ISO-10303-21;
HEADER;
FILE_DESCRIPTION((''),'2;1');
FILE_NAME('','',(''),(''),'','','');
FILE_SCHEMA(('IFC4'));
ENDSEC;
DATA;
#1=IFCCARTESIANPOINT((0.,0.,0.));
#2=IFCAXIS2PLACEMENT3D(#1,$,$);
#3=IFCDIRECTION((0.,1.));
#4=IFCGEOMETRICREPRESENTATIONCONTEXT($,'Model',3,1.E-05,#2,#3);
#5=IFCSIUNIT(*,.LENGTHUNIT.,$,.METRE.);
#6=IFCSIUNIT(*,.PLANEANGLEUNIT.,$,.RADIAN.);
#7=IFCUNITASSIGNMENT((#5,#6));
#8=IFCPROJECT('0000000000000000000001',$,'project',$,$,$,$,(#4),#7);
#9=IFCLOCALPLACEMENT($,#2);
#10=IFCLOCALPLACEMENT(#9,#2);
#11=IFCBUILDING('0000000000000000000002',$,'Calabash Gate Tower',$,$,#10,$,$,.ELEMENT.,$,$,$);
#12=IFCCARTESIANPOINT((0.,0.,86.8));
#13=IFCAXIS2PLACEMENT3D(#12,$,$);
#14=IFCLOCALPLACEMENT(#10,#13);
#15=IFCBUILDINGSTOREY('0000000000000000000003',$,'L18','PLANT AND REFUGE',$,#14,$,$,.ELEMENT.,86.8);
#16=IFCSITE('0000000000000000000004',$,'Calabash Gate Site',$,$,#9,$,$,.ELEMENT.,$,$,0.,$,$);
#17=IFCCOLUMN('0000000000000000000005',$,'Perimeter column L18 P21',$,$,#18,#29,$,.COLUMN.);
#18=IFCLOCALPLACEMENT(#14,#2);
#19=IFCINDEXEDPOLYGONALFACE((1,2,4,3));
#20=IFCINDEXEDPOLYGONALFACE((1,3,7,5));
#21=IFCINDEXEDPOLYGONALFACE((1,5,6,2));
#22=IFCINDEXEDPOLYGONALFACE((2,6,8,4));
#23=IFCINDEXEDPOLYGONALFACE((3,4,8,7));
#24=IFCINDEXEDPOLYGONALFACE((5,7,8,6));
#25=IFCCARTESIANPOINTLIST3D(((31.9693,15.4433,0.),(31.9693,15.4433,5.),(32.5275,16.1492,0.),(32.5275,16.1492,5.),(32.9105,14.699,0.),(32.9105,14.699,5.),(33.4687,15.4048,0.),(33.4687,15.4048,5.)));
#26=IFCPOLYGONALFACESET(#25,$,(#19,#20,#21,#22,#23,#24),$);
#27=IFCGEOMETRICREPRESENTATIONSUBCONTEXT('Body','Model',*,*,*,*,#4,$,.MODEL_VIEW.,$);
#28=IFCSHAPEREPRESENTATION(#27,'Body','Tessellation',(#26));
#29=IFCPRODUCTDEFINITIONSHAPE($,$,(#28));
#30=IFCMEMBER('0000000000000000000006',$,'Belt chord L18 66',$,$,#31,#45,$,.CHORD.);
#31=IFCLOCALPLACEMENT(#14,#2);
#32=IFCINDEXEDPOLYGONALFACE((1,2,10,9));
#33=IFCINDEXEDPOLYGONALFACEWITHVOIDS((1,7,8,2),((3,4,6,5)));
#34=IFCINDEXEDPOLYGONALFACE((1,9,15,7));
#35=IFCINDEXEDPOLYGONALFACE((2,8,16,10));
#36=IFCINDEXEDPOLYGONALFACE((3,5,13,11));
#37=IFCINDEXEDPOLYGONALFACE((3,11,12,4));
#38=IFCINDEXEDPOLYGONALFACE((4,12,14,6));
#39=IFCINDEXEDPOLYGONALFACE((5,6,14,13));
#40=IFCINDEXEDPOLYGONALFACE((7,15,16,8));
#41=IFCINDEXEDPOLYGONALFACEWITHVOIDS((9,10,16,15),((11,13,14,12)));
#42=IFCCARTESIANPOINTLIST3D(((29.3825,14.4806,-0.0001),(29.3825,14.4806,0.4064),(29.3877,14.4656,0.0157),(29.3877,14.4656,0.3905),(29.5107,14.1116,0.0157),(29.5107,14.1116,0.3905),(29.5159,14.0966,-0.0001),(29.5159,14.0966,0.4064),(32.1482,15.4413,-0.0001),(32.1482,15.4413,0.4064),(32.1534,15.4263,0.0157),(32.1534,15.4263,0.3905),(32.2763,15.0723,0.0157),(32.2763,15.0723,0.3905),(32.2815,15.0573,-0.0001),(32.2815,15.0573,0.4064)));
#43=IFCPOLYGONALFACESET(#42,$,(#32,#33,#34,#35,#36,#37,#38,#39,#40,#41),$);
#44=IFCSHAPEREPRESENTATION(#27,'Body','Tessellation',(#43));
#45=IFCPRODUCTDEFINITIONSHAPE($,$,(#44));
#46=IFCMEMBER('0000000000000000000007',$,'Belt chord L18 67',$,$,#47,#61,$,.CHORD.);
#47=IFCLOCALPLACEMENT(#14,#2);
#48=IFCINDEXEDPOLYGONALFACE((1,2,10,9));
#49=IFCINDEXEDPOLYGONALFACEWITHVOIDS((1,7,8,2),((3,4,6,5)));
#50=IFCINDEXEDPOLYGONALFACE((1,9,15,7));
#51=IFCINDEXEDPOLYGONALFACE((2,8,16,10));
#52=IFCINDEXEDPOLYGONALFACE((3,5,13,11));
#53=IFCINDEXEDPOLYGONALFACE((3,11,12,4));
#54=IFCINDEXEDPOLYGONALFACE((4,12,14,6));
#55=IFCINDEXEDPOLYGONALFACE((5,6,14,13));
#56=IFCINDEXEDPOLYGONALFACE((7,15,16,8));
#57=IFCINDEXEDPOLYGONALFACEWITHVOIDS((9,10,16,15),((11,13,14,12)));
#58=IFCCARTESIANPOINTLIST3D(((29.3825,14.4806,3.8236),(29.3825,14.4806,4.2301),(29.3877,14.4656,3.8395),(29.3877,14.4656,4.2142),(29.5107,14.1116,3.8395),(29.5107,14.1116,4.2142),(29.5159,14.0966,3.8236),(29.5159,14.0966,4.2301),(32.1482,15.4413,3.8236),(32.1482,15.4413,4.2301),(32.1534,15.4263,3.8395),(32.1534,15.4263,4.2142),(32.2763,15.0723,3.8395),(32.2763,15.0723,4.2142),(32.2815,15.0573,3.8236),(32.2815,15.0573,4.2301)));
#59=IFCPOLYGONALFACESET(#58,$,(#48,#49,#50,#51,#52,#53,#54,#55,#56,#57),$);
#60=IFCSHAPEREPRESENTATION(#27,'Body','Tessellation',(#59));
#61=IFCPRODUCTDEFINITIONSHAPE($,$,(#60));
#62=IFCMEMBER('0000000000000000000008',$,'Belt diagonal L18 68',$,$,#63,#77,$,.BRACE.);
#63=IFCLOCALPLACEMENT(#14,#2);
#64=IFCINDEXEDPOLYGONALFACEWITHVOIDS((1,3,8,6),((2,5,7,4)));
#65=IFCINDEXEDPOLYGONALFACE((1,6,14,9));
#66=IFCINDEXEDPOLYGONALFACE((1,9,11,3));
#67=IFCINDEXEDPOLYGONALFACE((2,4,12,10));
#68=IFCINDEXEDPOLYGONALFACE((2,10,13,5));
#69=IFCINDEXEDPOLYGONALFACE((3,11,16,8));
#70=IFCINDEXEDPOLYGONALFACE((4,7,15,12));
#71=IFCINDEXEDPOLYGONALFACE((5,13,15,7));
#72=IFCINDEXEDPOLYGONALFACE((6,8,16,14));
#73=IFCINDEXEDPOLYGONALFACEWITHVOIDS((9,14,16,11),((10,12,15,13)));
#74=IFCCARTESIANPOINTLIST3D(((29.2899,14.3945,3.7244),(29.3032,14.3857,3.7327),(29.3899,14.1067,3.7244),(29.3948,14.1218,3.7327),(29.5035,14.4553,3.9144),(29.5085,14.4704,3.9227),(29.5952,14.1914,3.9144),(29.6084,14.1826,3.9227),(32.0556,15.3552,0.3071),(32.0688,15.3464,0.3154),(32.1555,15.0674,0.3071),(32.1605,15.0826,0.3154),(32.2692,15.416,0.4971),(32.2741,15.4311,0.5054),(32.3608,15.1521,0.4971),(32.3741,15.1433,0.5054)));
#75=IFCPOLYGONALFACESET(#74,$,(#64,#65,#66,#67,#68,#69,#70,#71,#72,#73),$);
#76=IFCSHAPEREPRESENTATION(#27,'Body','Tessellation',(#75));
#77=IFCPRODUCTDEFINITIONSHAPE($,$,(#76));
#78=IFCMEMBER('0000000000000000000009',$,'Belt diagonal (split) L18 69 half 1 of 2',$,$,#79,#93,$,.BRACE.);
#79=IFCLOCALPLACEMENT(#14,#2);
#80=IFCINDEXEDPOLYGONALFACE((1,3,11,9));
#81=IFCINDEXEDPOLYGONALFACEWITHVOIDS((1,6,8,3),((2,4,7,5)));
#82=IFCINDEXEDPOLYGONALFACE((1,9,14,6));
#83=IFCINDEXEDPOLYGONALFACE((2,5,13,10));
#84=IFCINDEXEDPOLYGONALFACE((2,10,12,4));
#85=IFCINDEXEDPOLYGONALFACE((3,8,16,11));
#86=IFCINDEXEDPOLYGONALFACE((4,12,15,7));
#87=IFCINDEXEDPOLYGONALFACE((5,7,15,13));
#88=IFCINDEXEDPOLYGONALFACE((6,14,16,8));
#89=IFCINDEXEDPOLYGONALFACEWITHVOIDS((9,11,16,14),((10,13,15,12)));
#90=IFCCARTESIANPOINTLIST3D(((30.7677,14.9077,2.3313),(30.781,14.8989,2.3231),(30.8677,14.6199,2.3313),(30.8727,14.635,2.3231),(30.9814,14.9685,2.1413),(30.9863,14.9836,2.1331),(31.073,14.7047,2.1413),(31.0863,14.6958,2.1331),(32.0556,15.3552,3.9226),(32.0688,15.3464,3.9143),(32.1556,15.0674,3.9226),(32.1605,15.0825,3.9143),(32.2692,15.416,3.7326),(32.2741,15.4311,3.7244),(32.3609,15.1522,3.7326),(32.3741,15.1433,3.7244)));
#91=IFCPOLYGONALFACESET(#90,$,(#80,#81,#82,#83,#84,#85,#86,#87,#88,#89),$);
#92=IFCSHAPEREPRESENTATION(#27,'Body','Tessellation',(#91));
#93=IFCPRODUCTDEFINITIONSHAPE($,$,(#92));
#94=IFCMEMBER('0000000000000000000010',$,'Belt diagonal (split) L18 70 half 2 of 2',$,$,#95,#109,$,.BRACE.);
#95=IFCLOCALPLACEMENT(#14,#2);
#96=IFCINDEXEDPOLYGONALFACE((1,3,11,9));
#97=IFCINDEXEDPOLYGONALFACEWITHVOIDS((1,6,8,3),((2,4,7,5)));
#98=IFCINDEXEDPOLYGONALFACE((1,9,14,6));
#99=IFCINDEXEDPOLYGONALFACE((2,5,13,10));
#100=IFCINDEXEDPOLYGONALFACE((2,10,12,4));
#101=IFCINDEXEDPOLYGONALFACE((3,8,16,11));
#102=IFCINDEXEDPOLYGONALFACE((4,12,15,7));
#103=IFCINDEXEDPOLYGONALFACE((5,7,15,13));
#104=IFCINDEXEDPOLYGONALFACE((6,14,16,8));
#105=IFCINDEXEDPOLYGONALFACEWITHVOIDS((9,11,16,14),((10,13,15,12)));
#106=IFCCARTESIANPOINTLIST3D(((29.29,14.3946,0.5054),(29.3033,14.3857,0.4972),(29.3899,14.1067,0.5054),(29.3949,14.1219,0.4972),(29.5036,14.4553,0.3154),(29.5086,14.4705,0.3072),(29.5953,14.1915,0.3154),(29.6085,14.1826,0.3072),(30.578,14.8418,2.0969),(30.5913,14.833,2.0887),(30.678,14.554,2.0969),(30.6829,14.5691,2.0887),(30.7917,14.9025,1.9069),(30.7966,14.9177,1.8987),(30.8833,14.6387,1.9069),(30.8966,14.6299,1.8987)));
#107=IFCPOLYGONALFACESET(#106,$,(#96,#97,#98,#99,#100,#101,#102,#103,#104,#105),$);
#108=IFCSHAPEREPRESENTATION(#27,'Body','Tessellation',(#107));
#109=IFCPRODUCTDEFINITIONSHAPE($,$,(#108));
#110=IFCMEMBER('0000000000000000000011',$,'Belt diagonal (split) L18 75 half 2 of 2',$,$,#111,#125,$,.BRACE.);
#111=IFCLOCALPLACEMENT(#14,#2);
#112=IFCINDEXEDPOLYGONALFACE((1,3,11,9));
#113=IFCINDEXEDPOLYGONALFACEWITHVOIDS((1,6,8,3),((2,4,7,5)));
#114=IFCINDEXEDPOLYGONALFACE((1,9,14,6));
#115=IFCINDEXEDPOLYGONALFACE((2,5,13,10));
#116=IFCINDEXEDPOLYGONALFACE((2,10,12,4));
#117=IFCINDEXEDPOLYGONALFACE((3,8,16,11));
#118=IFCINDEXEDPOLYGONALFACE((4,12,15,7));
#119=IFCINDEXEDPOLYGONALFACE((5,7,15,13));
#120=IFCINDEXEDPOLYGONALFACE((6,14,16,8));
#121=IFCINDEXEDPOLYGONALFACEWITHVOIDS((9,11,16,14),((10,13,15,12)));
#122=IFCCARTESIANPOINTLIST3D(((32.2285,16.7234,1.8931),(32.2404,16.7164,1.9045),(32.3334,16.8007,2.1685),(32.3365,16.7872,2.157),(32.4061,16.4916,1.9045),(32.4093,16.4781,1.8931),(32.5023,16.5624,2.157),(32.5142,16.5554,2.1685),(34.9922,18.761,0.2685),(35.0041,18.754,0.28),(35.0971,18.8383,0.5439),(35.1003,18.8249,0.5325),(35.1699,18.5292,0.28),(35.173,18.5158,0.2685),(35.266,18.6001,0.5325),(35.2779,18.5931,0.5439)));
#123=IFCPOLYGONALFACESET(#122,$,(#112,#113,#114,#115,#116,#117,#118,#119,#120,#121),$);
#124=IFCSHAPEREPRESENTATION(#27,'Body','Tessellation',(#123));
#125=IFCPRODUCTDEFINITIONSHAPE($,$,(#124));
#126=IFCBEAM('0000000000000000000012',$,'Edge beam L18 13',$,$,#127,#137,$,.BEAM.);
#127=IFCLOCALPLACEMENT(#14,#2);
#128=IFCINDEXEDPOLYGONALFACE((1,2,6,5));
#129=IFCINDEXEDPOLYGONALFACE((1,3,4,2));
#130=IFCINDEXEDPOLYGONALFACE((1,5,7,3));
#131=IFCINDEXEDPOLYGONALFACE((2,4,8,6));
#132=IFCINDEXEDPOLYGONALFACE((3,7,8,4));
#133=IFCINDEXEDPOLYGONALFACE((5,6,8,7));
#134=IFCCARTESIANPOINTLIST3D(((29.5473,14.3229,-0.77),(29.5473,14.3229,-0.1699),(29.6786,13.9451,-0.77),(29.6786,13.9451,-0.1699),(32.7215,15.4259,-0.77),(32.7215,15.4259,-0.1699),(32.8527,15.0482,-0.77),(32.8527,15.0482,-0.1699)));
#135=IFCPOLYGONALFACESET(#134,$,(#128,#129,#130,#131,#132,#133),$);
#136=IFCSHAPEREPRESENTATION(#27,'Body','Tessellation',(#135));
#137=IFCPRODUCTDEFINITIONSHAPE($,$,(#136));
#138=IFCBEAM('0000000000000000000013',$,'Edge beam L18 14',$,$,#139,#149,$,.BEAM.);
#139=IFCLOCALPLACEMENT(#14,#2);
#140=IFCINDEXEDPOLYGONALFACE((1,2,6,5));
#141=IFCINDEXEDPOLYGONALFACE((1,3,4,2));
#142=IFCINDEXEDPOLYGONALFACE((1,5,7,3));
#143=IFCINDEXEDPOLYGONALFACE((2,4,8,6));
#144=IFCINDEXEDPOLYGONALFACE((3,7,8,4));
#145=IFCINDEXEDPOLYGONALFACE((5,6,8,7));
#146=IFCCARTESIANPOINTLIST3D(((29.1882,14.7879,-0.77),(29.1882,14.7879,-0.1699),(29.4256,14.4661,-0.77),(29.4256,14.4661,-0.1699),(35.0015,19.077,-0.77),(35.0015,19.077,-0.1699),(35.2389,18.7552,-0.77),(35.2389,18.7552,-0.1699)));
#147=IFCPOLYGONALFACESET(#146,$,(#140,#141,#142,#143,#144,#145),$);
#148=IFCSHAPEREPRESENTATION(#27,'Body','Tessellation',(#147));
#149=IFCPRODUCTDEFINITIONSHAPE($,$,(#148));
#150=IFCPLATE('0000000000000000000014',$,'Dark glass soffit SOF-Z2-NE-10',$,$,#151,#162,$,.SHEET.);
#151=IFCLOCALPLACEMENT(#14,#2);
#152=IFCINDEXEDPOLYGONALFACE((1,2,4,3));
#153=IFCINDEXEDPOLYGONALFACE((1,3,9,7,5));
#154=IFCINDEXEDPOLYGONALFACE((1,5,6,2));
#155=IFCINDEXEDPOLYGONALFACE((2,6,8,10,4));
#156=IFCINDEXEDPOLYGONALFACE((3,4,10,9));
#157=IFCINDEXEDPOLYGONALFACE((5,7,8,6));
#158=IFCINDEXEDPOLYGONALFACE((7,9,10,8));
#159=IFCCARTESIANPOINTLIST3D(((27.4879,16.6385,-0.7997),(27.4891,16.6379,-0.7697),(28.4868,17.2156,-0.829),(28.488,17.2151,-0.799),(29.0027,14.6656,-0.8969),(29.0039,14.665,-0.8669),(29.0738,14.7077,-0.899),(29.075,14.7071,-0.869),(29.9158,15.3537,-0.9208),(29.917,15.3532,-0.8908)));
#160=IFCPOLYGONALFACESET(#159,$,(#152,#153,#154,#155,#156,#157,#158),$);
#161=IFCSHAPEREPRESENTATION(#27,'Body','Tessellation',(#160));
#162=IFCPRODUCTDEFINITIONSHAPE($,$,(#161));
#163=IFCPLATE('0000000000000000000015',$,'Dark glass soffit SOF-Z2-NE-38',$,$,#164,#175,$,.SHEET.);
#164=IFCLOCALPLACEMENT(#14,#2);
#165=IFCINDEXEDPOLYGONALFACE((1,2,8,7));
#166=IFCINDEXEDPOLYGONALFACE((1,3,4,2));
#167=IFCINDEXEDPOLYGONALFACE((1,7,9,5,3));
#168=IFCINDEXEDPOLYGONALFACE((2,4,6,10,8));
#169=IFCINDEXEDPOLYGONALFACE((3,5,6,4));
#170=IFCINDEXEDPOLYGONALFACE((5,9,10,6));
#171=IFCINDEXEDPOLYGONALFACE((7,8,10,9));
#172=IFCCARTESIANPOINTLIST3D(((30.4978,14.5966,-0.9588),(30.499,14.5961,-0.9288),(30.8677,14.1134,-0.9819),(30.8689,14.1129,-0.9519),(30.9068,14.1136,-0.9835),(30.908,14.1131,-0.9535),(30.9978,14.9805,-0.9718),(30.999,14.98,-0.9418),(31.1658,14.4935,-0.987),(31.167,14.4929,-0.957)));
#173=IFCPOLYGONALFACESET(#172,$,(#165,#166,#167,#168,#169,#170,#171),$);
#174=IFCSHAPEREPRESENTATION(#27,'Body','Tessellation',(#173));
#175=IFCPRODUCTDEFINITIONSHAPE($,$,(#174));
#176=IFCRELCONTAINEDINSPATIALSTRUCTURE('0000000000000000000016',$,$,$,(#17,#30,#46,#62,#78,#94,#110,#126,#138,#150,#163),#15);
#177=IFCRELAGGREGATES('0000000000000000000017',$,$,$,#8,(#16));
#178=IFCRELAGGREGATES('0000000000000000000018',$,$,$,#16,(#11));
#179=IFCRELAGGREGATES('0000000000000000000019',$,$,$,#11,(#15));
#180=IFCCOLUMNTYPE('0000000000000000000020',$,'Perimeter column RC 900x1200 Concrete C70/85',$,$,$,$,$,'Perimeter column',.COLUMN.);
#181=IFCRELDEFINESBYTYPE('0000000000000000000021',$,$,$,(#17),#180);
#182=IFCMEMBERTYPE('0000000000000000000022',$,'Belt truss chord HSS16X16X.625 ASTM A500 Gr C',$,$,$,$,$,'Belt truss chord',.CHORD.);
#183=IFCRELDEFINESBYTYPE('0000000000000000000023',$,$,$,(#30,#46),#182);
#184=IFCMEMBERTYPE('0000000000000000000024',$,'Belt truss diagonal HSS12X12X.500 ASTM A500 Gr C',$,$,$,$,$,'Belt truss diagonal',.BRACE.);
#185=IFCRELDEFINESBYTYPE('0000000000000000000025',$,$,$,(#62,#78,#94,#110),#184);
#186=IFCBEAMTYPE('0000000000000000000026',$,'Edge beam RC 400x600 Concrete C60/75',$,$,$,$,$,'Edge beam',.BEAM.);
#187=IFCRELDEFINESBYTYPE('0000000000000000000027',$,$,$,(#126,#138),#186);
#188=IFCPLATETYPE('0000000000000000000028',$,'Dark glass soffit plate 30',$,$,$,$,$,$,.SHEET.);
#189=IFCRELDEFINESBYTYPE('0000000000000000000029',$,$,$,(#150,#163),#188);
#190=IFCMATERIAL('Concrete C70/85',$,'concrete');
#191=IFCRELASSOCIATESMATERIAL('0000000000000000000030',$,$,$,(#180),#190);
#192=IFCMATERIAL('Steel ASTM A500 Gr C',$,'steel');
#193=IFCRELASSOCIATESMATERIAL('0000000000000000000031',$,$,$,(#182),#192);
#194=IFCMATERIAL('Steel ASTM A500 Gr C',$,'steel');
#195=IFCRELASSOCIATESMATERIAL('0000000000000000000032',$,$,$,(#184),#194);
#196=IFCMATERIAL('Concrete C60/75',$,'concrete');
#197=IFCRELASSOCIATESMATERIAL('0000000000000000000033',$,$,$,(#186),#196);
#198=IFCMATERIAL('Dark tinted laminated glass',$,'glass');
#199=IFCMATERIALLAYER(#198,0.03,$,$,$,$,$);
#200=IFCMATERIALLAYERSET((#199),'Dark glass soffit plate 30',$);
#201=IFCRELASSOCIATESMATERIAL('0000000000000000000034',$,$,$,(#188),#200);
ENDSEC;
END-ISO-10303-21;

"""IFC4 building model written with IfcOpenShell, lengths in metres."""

from ifc_helpers import new_model, si_unit, direction, frame, origin, origin_2d, place, context, subcontext, project, spatial, polyline, rectangle, hollow_rectangle, outline, extrude, material, layer, layer_set, material_profile, profile_set, type_object, element, save


model = new_model("IFC4")

# Units and contexts
model_context = context("Model", 3, precision=1e-05, world=origin(), true_north=direction((0.0, 1.0)))
body_context = subcontext(model_context, "Body", "Model", "MODEL_VIEW")
ifc_project = project(units=[si_unit("LENGTHUNIT", "METRE"), si_unit("PLANEANGLEUNIT", "RADIAN")], contexts=[model_context])

# Site, building, storey
site_placement = place(None, origin())
site = spatial("IfcSite", under=ifc_project, at=site_placement, Name="Calabash Gate Site", CompositionType="ELEMENT", RefElevation=0.0)
building_placement = place(site_placement, origin())
building = spatial("IfcBuilding", under=site, at=building_placement, Name="Calabash Gate Tower", CompositionType="ELEMENT")
storey_placement = place(building_placement, frame((0.0, 0.0, 86.8)))
storey = spatial("IfcBuildingStorey", under=building, at=storey_placement, Name="L18", Description="PLANT AND REFUGE", CompositionType="ELEMENT", Elevation=86.8)

# Column
ifc_material_1 = material(Name="Concrete C70/85", Category="concrete")
ifc_material_profile_1 = material_profile(ifc_material_1, rectangle(XDim=0.8999, YDim=1.2, at=origin_2d()))
ifc_profile_set_1 = profile_set([ifc_material_profile_1], Name="Concrete C70/85")
column_type = type_object("IfcColumnType", Name="Perimeter column RC 900x1200 Concrete C70/85", ElementType="Perimeter column", PredefinedType="COLUMN", material=ifc_profile_set_1)
column_placement = place(storey_placement, frame((32.719, 15.4241, 0.0), z_axis=(0.0, 0.0, 1.0), x_axis=(0.620301, 0.784364, 0.0)))
element("IfcColumn", 1, at=column_placement, inside=storey, type_object=column_type, Name="Perimeter column L18 P21", PredefinedType="COLUMN", context=body_context, shape_type="SweptSolid", body=[
    extrude(rectangle(XDim=0.8999, YDim=1.2, at=origin_2d()), origin(), (0.0, 0.0, 1.0), 5.0),
])

# Members
ifc_material_2 = material(Name="Steel ASTM A500 Gr C", Category="steel")
ifc_material_profile_2 = material_profile(ifc_material_2, hollow_rectangle(XDim=0.4065, YDim=0.4065, WallThickness=0.0159, at=origin_2d()))
ifc_profile_set_2 = profile_set([ifc_material_profile_2], Name="Steel ASTM A500 Gr C")
member_type_1 = type_object("IfcMemberType", Name="Belt truss chord HSS16X16X.625 ASTM A500 Gr C", ElementType="Belt truss chord", PredefinedType="CHORD", material=ifc_profile_set_2)
for number, where, z_axis, x_axis, name in (
    (2, (32.2148, 15.2493, 0.2031), (-0.944631, -0.328136, 0.0), (0.328136, -0.944631, 0.0), "Belt chord L18 66"),
    (3, (32.2148, 15.2493, 4.0269), (-0.944631, -0.328136, 0.0), (0.328136, -0.944631, 0.0), "Belt chord L18 67"),
):
    element("IfcMember", number, at=place(storey_placement, frame(where, z_axis=z_axis, x_axis=x_axis)), inside=storey, type_object=member_type_1, Name=name, PredefinedType="CHORD", context=body_context, shape_type="SweptSolid", body=[
        extrude(hollow_rectangle(XDim=0.4065, YDim=0.4065, WallThickness=0.0159, at=origin_2d()), origin(), (0.0, 0.0, 1.0), 2.9277),
    ])
ifc_material_3 = material(Name="Steel ASTM A500 Gr C", Category="steel")
ifc_material_profile_3 = material_profile(ifc_material_3, hollow_rectangle(XDim=0.3047, YDim=0.3047, WallThickness=0.0127, at=origin_2d()))
ifc_profile_set_3 = profile_set([ifc_material_profile_3], Name="Steel ASTM A500 Gr C")
member_type_2 = type_object("IfcMemberType", Name="Belt truss diagonal HSS12X12X.500 ASTM A500 Gr C", ElementType="Belt truss diagonal", PredefinedType="BRACE", material=ifc_profile_set_3)
member_1_placement = place(storey_placement, frame((32.2148, 15.2493, 0.4062), z_axis=(-0.614597, -0.213492, 0.759402), x_axis=(0.328136, -0.944631, 0.0)))
element("IfcMember", 4, at=member_1_placement, inside=storey, type_object=member_type_2, Name="Belt diagonal L18 68", PredefinedType="BRACE", context=body_context, shape_type="SweptSolid", body=[
    extrude(hollow_rectangle(XDim=0.3047, YDim=0.3047, WallThickness=0.0127, at=origin_2d()), origin(), (0.0, 0.0, 1.0), 4.5),
])
member_2_placement = place(storey_placement, frame((32.2148, 15.2493, 3.8235), z_axis=(-0.614579, -0.213559, -0.759398), x_axis=(0.328236, -0.944596, 0.0)))
element("IfcMember", 5, at=member_2_placement, inside=storey, type_object=member_type_2, Name="Belt diagonal (split) L18 69 half 1 of 2", PredefinedType="BRACE", context=body_context, shape_type="SweptSolid", body=[
    extrude(hollow_rectangle(XDim=0.3047, YDim=0.3047, WallThickness=0.0127, at=origin_2d()), origin(), (0.0, 0.0, 1.0), 2.0955),
])
member_3_placement = place(storey_placement, frame((30.7373, 14.7358, 1.9978), z_axis=(-0.614612, -0.213414, -0.759412), x_axis=(0.328021, -0.944671, 0.0)))
element("IfcMember", 6, at=member_3_placement, inside=storey, type_object=member_type_2, Name="Belt diagonal (split) L18 70 half 2 of 2", PredefinedType="BRACE", context=body_context, shape_type="SweptSolid", body=[
    extrude(hollow_rectangle(XDim=0.3047, YDim=0.3047, WallThickness=0.0127, at=origin_2d()), origin(), (0.0, 0.0, 1.0), 2.0957),
])
member_4_placement = place(storey_placement, frame((32.3713, 16.6394, 2.0308), z_axis=(0.727566, 0.536419, -0.42767), x_axis=(-0.593427, 0.804888, 0.0)))
element("IfcMember", 7, at=member_4_placement, inside=storey, type_object=member_type_2, Name="Belt diagonal (split) L18 75 half 2 of 2", PredefinedType="BRACE", context=body_context, shape_type="SweptSolid", body=[
    extrude(hollow_rectangle(XDim=0.3047, YDim=0.3047, WallThickness=0.0127, at=origin_2d()), origin(), (0.0, 0.0, 1.0), 3.7986),
])

# Beams
ifc_material_4 = material(Name="Concrete C60/75", Category="concrete")
ifc_material_profile_4 = material_profile(ifc_material_4, rectangle(XDim=0.3999, YDim=0.6001, at=origin_2d()))
ifc_profile_set_4 = profile_set([ifc_material_profile_4], Name="Concrete C60/75")
beam_type = type_object("IfcBeamType", Name="Edge beam RC 400x600 Concrete C60/75", ElementType="Edge beam", PredefinedType="BEAM", material=ifc_profile_set_4)
beam_1_placement = place(storey_placement, frame((32.7871, 15.2371, -0.47), z_axis=(-0.944589, -0.328256, 0.0), x_axis=(0.328256, -0.944589, 0.0)))
element("IfcBeam", 8, at=beam_1_placement, inside=storey, type_object=beam_type, Name="Edge beam L18 13", PredefinedType="BEAM", context=body_context, shape_type="SweptSolid", body=[
    extrude(rectangle(XDim=0.3999, YDim=0.6001, at=origin_2d()), origin(), (0.0, 0.0, 1.0), 3.3604),
])
beam_2_placement = place(storey_placement, frame((29.3069, 14.627, -0.47), z_axis=(0.804684, 0.593704, 0.0), x_axis=(-0.593704, 0.804684, 0.0)))
element("IfcBeam", 9, at=beam_2_placement, inside=storey, type_object=beam_type, Name="Edge beam L18 14", PredefinedType="BEAM", context=body_context, shape_type="SweptSolid", body=[
    extrude(rectangle(XDim=0.3999, YDim=0.6001, at=origin_2d()), origin(), (0.0, 0.0, 1.0), 7.2244),
])

# Plates
ifc_material_5 = material(Name="Dark tinted laminated glass", Category="glass")
ifc_layer_1 = layer(ifc_material_5, 0.03)
ifc_layer_set_1 = layer_set([ifc_layer_1], Name="Dark glass soffit plate 30")
plate_type = type_object("IfcPlateType", Name="Dark glass soffit plate 30", PredefinedType="SHEET", material=ifc_layer_set_1)
plate_1_placement = place(storey_placement, frame((29.0039, 14.665, -0.8669), z_axis=(0.040054, -0.018506, 0.999026), x_axis=(-0.608555, 0.792549, 0.039081)))
element("IfcPlate", 10, at=plate_1_placement, inside=storey, type_object=plate_type, Name="Dark glass soffit SOF-Z2-NE-10", PredefinedType="SHEET", context=body_context, shape_type="SweptSolid", body=[
    extrude(outline(polyline([(0.0, 0.0), (2.4893, 0.0), (2.3376, -1.144), (-0.0112, -1.1436), (-0.01, -0.082), (0.0, 0.0)])), origin(), (0.0, 0.0, -1.0), 0.03),
])
plate_2_placement = place(storey_placement, frame((31.167, 14.4929, -0.957), z_axis=(0.039564, -0.017653, 0.999061), x_axis=(-0.563306, -0.826212, 0.007709)))
element("IfcPlate", 11, at=plate_2_placement, inside=storey, type_object=plate_type, Name="Dark glass soffit SOF-Z2-NE-38", PredefinedType="SHEET", context=body_context, shape_type="SweptSolid", body=[
    extrude(outline(polyline([(0.0, 0.0), (0.4597, 0.0), (0.4819, -0.0322), (0.2913, -0.6106), (-0.3076, -0.4136), (0.0, 0.0)])), origin(), (0.0, 0.0, -1.0), 0.03),
])

save(model, "model.ifc")
